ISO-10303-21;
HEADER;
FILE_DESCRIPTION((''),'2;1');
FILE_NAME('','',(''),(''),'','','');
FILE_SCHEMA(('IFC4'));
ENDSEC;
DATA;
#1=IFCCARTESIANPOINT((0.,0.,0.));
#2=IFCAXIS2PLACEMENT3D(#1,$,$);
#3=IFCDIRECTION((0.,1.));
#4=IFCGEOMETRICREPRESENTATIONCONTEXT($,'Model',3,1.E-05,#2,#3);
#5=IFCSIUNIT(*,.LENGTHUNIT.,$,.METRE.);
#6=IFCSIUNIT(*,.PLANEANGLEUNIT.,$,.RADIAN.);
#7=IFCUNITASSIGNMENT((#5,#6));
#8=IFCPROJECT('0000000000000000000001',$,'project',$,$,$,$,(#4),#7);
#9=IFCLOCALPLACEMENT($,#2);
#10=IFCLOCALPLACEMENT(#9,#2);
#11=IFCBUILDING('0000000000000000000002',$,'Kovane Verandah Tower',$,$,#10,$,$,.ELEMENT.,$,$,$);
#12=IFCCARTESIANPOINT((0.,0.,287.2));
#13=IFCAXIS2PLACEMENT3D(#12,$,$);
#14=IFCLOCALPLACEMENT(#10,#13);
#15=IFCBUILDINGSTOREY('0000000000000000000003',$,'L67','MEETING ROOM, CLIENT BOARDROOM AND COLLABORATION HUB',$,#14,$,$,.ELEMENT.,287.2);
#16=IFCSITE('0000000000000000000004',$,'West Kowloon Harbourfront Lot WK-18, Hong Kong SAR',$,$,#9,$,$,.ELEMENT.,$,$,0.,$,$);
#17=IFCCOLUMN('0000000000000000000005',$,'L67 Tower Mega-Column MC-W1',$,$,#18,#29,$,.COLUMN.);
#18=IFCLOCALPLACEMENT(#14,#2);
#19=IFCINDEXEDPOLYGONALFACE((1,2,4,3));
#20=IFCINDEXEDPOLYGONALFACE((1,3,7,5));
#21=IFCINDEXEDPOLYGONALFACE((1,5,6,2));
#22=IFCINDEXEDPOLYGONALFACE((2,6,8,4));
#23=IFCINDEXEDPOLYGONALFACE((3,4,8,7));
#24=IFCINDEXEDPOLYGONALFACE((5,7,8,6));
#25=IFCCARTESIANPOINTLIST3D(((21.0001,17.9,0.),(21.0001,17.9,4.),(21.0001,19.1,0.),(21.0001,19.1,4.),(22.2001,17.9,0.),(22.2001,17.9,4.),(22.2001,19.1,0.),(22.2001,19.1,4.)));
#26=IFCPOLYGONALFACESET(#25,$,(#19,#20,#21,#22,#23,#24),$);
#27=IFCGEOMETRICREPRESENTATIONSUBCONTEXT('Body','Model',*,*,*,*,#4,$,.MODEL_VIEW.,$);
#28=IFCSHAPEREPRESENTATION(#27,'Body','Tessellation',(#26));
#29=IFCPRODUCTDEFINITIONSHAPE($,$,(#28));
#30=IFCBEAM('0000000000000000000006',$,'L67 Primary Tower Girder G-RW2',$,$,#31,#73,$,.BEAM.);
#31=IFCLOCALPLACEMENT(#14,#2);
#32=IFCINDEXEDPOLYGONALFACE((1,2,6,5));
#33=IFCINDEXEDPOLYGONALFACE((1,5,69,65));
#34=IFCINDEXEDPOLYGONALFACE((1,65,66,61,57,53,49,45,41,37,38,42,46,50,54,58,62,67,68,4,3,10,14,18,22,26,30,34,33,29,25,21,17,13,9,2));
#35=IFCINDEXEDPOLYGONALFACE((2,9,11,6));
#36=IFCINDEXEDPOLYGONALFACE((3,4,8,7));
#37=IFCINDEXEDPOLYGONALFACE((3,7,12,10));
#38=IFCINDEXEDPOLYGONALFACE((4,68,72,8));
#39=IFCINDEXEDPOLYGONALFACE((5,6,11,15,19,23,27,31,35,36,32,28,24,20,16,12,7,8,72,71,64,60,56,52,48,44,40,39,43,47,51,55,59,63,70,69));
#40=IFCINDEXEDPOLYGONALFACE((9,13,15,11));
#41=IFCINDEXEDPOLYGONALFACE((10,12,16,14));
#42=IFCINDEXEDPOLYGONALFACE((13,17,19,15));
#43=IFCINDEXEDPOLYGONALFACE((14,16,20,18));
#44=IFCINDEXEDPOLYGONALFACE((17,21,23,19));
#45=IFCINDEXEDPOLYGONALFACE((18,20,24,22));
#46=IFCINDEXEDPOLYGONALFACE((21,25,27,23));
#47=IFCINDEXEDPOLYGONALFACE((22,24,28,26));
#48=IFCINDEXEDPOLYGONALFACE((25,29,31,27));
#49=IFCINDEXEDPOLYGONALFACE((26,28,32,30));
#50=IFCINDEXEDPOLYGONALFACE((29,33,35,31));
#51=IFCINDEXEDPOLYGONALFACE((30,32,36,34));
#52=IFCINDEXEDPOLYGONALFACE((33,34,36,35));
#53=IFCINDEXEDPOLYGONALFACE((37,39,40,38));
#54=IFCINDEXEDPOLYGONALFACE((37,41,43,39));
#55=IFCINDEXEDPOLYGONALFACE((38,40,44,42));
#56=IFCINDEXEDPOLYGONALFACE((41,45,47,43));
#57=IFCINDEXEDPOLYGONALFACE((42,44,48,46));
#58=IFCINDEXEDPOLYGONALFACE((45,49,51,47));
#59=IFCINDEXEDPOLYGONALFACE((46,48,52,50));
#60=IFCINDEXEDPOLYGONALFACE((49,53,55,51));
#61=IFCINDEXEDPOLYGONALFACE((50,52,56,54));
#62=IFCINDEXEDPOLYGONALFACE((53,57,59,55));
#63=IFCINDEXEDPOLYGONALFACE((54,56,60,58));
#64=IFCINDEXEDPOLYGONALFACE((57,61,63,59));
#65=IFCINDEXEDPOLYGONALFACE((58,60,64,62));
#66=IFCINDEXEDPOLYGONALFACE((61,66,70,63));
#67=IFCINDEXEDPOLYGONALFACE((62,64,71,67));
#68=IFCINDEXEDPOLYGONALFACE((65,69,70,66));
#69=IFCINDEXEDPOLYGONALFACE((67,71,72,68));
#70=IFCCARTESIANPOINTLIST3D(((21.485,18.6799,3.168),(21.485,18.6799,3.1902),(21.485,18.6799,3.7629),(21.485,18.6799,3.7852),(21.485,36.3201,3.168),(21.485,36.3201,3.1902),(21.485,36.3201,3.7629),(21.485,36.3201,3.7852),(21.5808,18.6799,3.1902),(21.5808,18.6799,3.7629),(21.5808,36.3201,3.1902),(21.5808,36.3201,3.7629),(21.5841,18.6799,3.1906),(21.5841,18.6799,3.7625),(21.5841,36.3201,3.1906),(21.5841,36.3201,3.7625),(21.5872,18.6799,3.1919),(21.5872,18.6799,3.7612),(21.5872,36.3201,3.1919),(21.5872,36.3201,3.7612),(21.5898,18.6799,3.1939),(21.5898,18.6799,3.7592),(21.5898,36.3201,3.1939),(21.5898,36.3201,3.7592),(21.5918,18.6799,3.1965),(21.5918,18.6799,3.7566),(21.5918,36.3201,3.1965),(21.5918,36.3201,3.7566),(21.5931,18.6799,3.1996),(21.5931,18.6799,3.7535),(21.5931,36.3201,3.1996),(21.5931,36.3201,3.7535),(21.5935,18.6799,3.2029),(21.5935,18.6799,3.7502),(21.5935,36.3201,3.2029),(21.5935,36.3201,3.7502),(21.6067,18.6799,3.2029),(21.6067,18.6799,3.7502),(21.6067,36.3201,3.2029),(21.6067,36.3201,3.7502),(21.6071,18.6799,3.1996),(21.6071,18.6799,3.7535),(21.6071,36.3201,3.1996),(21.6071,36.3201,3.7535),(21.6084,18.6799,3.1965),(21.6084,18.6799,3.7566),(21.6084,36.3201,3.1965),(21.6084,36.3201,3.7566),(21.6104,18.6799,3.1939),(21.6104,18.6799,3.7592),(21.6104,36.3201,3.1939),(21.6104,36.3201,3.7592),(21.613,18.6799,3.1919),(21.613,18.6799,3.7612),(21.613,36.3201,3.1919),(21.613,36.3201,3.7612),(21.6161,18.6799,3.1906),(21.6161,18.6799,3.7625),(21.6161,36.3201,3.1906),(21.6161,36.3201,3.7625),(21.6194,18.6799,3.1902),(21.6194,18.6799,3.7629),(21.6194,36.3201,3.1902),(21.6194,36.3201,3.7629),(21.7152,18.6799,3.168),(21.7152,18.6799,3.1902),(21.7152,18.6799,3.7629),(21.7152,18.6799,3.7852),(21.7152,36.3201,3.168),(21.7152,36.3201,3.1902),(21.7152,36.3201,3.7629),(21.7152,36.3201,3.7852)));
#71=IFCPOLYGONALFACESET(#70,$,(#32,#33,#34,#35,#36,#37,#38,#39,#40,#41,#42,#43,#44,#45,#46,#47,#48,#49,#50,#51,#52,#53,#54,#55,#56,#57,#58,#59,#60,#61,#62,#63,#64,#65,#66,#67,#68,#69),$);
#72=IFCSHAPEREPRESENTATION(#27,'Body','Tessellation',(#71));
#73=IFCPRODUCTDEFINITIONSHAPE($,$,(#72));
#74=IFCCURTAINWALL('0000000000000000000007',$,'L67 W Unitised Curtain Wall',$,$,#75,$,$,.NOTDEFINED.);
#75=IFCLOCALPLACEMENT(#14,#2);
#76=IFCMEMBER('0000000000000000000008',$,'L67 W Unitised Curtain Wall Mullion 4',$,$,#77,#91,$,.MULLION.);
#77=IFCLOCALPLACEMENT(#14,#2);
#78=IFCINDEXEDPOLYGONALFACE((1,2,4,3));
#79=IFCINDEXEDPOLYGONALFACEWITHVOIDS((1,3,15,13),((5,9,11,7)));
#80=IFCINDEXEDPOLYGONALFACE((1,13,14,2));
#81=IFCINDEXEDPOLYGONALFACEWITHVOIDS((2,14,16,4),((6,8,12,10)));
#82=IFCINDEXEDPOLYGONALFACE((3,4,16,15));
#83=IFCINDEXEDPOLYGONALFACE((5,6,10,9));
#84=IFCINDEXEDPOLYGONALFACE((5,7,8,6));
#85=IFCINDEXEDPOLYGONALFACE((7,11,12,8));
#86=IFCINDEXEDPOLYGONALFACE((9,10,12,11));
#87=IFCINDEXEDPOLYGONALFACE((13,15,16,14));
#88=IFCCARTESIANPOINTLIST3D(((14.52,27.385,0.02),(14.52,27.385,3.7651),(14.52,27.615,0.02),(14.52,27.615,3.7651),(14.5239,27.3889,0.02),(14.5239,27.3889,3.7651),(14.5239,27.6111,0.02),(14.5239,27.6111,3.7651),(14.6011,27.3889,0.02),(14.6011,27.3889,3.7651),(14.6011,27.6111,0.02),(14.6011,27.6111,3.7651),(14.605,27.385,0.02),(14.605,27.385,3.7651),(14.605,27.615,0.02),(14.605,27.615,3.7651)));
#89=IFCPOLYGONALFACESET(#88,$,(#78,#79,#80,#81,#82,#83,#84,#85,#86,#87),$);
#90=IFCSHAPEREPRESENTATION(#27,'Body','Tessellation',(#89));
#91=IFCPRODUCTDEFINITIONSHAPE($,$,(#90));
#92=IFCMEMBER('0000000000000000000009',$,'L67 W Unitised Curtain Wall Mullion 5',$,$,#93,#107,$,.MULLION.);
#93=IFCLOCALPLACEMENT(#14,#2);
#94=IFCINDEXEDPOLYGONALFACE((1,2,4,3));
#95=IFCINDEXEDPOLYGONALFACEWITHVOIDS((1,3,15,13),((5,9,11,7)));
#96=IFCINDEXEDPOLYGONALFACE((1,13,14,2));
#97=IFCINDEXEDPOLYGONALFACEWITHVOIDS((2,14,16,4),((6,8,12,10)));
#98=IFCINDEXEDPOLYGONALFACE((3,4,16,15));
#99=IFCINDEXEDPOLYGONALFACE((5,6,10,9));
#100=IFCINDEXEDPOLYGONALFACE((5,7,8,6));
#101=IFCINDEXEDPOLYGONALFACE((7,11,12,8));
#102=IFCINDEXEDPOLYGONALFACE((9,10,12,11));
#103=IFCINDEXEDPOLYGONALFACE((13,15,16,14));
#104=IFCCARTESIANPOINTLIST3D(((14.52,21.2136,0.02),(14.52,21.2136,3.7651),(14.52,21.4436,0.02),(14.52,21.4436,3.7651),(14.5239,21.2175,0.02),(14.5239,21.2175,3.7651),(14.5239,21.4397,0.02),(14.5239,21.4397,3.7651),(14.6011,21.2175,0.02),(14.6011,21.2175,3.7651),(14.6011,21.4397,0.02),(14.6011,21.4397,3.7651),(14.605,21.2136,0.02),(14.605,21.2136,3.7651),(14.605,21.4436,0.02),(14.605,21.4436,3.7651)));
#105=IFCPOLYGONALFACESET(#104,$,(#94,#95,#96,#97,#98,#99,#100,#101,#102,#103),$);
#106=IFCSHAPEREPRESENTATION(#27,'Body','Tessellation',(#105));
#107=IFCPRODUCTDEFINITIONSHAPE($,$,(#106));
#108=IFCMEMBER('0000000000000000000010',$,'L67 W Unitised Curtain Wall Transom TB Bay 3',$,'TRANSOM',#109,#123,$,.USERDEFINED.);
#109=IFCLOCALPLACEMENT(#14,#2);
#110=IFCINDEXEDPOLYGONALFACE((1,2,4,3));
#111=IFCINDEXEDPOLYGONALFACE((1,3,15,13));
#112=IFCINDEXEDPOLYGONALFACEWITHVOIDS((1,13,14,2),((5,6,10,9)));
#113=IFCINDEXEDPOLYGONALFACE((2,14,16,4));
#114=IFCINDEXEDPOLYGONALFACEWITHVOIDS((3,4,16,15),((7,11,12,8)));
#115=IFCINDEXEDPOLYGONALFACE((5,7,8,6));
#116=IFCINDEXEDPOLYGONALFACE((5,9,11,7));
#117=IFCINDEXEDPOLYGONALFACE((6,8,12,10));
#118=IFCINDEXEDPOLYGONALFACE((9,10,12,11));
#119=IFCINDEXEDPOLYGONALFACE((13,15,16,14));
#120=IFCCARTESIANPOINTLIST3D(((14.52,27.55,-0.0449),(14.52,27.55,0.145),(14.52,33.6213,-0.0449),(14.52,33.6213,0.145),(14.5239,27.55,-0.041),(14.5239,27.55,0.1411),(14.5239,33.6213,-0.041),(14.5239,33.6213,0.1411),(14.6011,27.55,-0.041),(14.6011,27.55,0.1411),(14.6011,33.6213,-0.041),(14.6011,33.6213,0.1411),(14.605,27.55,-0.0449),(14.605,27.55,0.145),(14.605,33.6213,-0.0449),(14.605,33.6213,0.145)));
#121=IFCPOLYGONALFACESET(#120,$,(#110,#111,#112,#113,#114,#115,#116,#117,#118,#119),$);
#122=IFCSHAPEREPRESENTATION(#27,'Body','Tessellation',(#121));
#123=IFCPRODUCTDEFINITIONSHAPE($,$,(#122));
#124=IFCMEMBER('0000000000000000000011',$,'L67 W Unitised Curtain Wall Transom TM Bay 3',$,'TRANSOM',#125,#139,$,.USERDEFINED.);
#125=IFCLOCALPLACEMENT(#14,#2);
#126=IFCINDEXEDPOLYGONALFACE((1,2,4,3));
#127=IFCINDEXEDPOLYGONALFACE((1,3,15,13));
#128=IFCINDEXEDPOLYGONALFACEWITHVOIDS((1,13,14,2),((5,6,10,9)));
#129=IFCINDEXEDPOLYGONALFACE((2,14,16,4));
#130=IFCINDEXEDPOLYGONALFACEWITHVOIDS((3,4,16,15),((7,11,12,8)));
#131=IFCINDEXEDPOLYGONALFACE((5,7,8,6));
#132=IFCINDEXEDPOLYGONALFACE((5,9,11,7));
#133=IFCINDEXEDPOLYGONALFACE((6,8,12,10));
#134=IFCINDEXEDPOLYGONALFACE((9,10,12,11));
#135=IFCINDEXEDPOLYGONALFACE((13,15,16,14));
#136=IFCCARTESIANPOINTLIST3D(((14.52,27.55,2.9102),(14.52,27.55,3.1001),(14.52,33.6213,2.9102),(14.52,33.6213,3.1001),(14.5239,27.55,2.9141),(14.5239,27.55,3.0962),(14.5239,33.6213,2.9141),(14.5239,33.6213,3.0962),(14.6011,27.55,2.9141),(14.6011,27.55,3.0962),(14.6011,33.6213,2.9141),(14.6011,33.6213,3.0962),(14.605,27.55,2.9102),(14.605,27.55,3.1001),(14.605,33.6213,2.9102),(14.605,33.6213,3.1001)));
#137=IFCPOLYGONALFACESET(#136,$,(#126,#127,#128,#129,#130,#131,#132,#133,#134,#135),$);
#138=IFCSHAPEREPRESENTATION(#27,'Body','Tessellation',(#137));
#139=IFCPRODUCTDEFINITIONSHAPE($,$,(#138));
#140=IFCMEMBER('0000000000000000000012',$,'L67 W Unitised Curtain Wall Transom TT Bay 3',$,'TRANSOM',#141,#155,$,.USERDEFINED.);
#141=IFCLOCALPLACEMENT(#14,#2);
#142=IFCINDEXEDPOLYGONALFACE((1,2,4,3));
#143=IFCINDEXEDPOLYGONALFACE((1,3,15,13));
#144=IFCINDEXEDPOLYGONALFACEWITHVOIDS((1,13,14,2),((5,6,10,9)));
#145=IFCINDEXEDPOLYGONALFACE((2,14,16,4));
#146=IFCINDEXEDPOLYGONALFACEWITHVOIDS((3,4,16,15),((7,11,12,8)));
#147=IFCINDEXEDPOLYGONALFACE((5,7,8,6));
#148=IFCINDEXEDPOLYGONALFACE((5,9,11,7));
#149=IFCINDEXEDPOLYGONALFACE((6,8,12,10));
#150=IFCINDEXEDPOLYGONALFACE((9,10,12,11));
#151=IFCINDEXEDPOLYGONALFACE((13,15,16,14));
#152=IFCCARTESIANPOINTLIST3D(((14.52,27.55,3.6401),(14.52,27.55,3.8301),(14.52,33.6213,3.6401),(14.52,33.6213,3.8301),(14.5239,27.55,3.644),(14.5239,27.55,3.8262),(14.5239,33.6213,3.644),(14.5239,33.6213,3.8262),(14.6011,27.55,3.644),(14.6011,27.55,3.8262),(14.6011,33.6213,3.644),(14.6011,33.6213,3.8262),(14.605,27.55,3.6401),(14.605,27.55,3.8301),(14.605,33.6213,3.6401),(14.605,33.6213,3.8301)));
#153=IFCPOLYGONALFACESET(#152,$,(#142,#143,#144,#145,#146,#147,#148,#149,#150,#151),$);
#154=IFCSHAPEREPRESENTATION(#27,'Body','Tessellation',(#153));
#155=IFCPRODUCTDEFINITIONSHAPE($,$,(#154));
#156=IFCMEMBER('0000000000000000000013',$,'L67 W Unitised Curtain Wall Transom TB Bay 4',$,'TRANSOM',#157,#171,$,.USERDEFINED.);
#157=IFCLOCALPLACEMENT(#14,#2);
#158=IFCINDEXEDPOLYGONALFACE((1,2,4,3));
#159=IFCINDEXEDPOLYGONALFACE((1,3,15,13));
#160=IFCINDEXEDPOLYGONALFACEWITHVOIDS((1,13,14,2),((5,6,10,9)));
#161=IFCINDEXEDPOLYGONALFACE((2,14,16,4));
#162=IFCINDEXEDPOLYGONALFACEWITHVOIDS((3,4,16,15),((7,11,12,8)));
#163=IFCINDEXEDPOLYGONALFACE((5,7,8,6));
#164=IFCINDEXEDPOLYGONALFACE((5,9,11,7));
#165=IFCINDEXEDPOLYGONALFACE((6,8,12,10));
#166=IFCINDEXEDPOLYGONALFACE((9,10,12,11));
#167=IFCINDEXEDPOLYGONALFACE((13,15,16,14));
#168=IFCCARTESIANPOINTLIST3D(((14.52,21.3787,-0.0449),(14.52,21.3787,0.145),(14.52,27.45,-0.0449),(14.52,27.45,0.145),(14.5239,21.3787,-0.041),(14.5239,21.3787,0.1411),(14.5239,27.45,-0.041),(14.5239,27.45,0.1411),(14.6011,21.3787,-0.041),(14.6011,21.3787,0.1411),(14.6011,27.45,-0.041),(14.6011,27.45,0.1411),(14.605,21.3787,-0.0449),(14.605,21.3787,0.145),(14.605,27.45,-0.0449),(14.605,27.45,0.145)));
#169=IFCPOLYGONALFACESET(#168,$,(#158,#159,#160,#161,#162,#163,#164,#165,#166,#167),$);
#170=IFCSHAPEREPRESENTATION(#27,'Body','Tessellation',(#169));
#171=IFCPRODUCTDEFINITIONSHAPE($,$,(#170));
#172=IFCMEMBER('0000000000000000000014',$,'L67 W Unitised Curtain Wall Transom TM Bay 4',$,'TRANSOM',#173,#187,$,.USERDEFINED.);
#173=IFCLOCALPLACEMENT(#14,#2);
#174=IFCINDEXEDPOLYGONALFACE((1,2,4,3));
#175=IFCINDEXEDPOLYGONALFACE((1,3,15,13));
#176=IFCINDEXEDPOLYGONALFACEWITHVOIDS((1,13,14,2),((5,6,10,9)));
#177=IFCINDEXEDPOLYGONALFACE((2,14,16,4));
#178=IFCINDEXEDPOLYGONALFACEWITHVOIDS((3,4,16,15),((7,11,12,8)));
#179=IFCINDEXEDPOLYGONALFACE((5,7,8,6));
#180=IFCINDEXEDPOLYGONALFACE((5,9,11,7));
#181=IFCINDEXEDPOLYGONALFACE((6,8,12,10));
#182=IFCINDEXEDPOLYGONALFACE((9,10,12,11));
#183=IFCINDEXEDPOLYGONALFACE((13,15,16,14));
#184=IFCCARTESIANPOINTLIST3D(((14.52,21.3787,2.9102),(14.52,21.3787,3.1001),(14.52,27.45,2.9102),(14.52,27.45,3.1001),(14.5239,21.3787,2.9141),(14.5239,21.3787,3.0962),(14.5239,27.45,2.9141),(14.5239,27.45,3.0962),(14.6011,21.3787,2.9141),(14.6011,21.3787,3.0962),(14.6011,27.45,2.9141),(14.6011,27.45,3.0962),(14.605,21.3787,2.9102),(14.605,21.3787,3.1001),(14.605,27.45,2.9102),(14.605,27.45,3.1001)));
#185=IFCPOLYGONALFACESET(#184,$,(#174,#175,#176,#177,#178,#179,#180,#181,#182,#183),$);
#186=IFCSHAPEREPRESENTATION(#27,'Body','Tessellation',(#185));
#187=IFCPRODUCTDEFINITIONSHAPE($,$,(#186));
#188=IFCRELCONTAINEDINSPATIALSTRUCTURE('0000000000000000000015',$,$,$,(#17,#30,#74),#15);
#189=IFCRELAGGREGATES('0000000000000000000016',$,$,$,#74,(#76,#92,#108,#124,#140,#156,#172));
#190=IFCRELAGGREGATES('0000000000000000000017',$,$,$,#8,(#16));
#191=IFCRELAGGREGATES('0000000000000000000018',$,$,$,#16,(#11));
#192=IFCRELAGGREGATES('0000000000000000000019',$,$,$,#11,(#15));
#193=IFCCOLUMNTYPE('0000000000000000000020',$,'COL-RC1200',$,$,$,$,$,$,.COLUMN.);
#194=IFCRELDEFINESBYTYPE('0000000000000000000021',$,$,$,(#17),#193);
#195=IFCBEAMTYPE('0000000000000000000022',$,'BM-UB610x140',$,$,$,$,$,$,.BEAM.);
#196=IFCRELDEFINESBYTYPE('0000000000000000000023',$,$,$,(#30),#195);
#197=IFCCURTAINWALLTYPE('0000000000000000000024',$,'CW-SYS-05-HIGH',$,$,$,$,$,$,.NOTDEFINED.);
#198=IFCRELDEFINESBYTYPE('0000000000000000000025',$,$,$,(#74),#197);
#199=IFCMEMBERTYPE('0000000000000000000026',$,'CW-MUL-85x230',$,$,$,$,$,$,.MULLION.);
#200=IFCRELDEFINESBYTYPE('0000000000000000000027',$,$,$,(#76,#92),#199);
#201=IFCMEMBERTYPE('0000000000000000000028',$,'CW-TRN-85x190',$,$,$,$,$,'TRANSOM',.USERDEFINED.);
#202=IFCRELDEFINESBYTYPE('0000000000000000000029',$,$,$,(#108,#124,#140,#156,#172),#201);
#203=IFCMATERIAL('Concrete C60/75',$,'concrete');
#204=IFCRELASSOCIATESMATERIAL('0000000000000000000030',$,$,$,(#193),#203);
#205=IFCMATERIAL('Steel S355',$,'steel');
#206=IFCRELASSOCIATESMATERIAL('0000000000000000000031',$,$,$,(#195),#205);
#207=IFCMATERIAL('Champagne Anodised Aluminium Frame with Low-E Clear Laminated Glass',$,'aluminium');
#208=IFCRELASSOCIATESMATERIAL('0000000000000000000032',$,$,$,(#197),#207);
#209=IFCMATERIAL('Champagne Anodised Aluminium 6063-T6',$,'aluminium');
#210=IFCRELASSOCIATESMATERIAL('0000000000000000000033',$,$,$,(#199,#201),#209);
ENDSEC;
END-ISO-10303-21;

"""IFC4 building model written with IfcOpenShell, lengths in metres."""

from ifc_helpers import new_model, si_unit, direction, frame, origin, origin_2d, place, context, subcontext, project, spatial, rectangle, hollow_rectangle, i_section, extrude, material, material_profile, profile_set, type_object, element, aggregate, save


model = new_model("IFC4")

# Units and contexts
model_context = context("Model", 3, precision=1e-05, world=origin(), true_north=direction((0.0, 1.0)))
body_context = subcontext(model_context, "Body", "Model", "MODEL_VIEW")
ifc_project = project(units=[si_unit("LENGTHUNIT", "METRE"), si_unit("PLANEANGLEUNIT", "RADIAN")], contexts=[model_context])

# Site, building, storey
site_placement = place(None, origin())
site = spatial("IfcSite", under=ifc_project, at=site_placement, Name="West Kowloon Harbourfront Lot WK-18, Hong Kong SAR", CompositionType="ELEMENT", RefElevation=0.0)
building_placement = place(site_placement, origin())
building = spatial("IfcBuilding", under=site, at=building_placement, Name="Kovane Verandah Tower", CompositionType="ELEMENT")
storey_placement = place(building_placement, frame((0.0, 0.0, 287.2)))
storey = spatial("IfcBuildingStorey", under=building, at=storey_placement, Name="L67", Description="MEETING ROOM, CLIENT BOARDROOM AND COLLABORATION HUB", CompositionType="ELEMENT", Elevation=287.2)

# Column
ifc_material_1 = material(Name="Concrete C60/75", Category="concrete")
ifc_material_profile_1 = material_profile(ifc_material_1, rectangle(XDim=1.2, YDim=1.2, at=origin_2d()), Name="RC1200x1200")
ifc_profile_set_1 = profile_set([ifc_material_profile_1], Name="Concrete C60/75")
column_type = type_object("IfcColumnType", Name="COL-RC1200", PredefinedType="COLUMN", material=ifc_profile_set_1)
column_placement = place(storey_placement, frame((21.6001, 18.5, 0.0), z_axis=(0.0, 0.0, 1.0), x_axis=(1.0, 0.0, 0.0)))
element("IfcColumn", 1, at=column_placement, inside=storey, type_object=column_type, Name="L67 Tower Mega-Column MC-W1", PredefinedType="COLUMN", context=body_context, shape_type="SweptSolid", body=[
    extrude(rectangle(XDim=1.2, YDim=1.2, at=origin_2d()), origin(), (0.0, 0.0, 1.0), 4.0),
])

# Beam
ifc_material_2 = material(Name="Steel S355", Category="steel")
ifc_material_profile_2 = material_profile(ifc_material_2, i_section(OverallWidth=0.2302, OverallDepth=0.6172, WebThickness=0.0132, FlangeThickness=0.0222, FilletRadius=0.0127, at=origin_2d()), Name="UB610x229x140")
ifc_profile_set_2 = profile_set([ifc_material_profile_2], Name="Steel S355")
beam_type = type_object("IfcBeamType", Name="BM-UB610x140", PredefinedType="BEAM", material=ifc_profile_set_2)
beam_placement = place(storey_placement, frame((21.6001, 18.6799, 3.4766), z_axis=(0.0, 1.0, 0.0), x_axis=(-1.0, 0.0, 0.0)))
element("IfcBeam", 2, at=beam_placement, inside=storey, type_object=beam_type, Name="L67 Primary Tower Girder G-RW2", PredefinedType="BEAM", context=body_context, shape_type="SweptSolid", body=[
    extrude(i_section(OverallWidth=0.2302, OverallDepth=0.6172, WebThickness=0.0132, FlangeThickness=0.0222, FilletRadius=0.0127, at=origin_2d()), origin(), (0.0, 0.0, 1.0), 17.6401),
])

# Curtain wall, members
ifc_material_3 = material(Name="Champagne Anodised Aluminium Frame with Low-E Clear Laminated Glass", Category="aluminium")
curtain_wall_type = type_object("IfcCurtainWallType", Name="CW-SYS-05-HIGH", PredefinedType="NOTDEFINED", material=ifc_material_3)
curtain_wall_placement = place(storey_placement, origin())
curtain_wall = element("IfcCurtainWall", 3, at=curtain_wall_placement, inside=storey, type_object=curtain_wall_type, Name="L67 W Unitised Curtain Wall", PredefinedType="NOTDEFINED")
ifc_material_4 = material(Name="Champagne Anodised Aluminium 6063-T6", Category="aluminium")
ifc_material_profile_3 = material_profile(ifc_material_4, hollow_rectangle(XDim=0.085, YDim=0.23, WallThickness=0.0039, at=origin_2d()), Name="AL85x230x4")
ifc_profile_set_3 = profile_set([ifc_material_profile_3], Name="Champagne Anodised Aluminium 6063-T6")
member_type_1 = type_object("IfcMemberType", Name="CW-MUL-85x230", PredefinedType="MULLION", material=ifc_profile_set_3)
member_1_placement = place(storey_placement, frame((14.5625, 27.5, 0.02), z_axis=(0.0, 0.0, 1.0), x_axis=(-1.0, 0.0, 0.0)))
member_1 = element("IfcMember", 4, at=member_1_placement, type_object=member_type_1, Name="L67 W Unitised Curtain Wall Mullion 4", PredefinedType="MULLION", context=body_context, shape_type="SweptSolid", body=[
    extrude(hollow_rectangle(XDim=0.085, YDim=0.23, WallThickness=0.0039, at=origin_2d()), origin(), (0.0, 0.0, 1.0), 3.7451),
])
member_2_placement = place(storey_placement, frame((14.5625, 21.3286, 0.02), z_axis=(0.0, 0.0, 1.0), x_axis=(-1.0, 0.0, 0.0)))
member_2 = element("IfcMember", 5, at=member_2_placement, type_object=member_type_1, Name="L67 W Unitised Curtain Wall Mullion 5", PredefinedType="MULLION", context=body_context, shape_type="SweptSolid", body=[
    extrude(hollow_rectangle(XDim=0.085, YDim=0.23, WallThickness=0.0039, at=origin_2d()), origin(), (0.0, 0.0, 1.0), 3.7451),
])
ifc_material_profile_4 = material_profile(ifc_material_4, hollow_rectangle(XDim=0.085, YDim=0.1899, WallThickness=0.0039, at=origin_2d()), Name="AL85x190x4")
ifc_profile_set_4 = profile_set([ifc_material_profile_4], Name="Champagne Anodised Aluminium 6063-T6")
member_type_2 = type_object("IfcMemberType", Name="CW-TRN-85x190", ElementType="TRANSOM", PredefinedType="USERDEFINED", material=ifc_profile_set_4)
member_3_placement = place(storey_placement, frame((14.5625, 33.6213, 0.05), z_axis=(0.0, -1.0, 0.0), x_axis=(1.0, 0.0, 0.0)))
member_3 = element("IfcMember", 6, at=member_3_placement, type_object=member_type_2, Name="L67 W Unitised Curtain Wall Transom TB Bay 3", ObjectType="TRANSOM", PredefinedType="USERDEFINED", context=body_context, shape_type="SweptSolid", body=[
    extrude(hollow_rectangle(XDim=0.085, YDim=0.1899, WallThickness=0.0039, at=origin_2d()), origin(), (0.0, 0.0, 1.0), 6.0713),
])
member_4_placement = place(storey_placement, frame((14.5625, 33.6213, 3.0051), z_axis=(0.0, -1.0, 0.0), x_axis=(1.0, 0.0, 0.0)))
member_4 = element("IfcMember", 7, at=member_4_placement, type_object=member_type_2, Name="L67 W Unitised Curtain Wall Transom TM Bay 3", ObjectType="TRANSOM", PredefinedType="USERDEFINED", context=body_context, shape_type="SweptSolid", body=[
    extrude(hollow_rectangle(XDim=0.085, YDim=0.1899, WallThickness=0.0039, at=origin_2d()), origin(), (0.0, 0.0, 1.0), 6.0713),
])
member_5_placement = place(storey_placement, frame((14.5625, 33.6213, 3.7351), z_axis=(0.0, -1.0, 0.0), x_axis=(1.0, 0.0, 0.0)))
member_5 = element("IfcMember", 8, at=member_5_placement, type_object=member_type_2, Name="L67 W Unitised Curtain Wall Transom TT Bay 3", ObjectType="TRANSOM", PredefinedType="USERDEFINED", context=body_context, shape_type="SweptSolid", body=[
    extrude(hollow_rectangle(XDim=0.085, YDim=0.1899, WallThickness=0.0039, at=origin_2d()), origin(), (0.0, 0.0, 1.0), 6.0713),
])
member_6_placement = place(storey_placement, frame((14.5625, 27.45, 0.05), z_axis=(0.0, -1.0, 0.0), x_axis=(1.0, 0.0, 0.0)))
member_6 = element("IfcMember", 9, at=member_6_placement, type_object=member_type_2, Name="L67 W Unitised Curtain Wall Transom TB Bay 4", ObjectType="TRANSOM", PredefinedType="USERDEFINED", context=body_context, shape_type="SweptSolid", body=[
    extrude(hollow_rectangle(XDim=0.085, YDim=0.1899, WallThickness=0.0039, at=origin_2d()), origin(), (0.0, 0.0, 1.0), 6.0713),
])
member_7_placement = place(storey_placement, frame((14.5625, 27.45, 3.0051), z_axis=(0.0, -1.0, 0.0), x_axis=(1.0, 0.0, 0.0)))
member_7 = element("IfcMember", 10, at=member_7_placement, type_object=member_type_2, Name="L67 W Unitised Curtain Wall Transom TM Bay 4", ObjectType="TRANSOM", PredefinedType="USERDEFINED", context=body_context, shape_type="SweptSolid", body=[
    extrude(hollow_rectangle(XDim=0.085, YDim=0.1899, WallThickness=0.0039, at=origin_2d()), origin(), (0.0, 0.0, 1.0), 6.0713),
])
aggregate(curtain_wall, [member_1, member_2, member_3, member_4, member_5, member_6, member_7])

save(model, "model.ifc")
